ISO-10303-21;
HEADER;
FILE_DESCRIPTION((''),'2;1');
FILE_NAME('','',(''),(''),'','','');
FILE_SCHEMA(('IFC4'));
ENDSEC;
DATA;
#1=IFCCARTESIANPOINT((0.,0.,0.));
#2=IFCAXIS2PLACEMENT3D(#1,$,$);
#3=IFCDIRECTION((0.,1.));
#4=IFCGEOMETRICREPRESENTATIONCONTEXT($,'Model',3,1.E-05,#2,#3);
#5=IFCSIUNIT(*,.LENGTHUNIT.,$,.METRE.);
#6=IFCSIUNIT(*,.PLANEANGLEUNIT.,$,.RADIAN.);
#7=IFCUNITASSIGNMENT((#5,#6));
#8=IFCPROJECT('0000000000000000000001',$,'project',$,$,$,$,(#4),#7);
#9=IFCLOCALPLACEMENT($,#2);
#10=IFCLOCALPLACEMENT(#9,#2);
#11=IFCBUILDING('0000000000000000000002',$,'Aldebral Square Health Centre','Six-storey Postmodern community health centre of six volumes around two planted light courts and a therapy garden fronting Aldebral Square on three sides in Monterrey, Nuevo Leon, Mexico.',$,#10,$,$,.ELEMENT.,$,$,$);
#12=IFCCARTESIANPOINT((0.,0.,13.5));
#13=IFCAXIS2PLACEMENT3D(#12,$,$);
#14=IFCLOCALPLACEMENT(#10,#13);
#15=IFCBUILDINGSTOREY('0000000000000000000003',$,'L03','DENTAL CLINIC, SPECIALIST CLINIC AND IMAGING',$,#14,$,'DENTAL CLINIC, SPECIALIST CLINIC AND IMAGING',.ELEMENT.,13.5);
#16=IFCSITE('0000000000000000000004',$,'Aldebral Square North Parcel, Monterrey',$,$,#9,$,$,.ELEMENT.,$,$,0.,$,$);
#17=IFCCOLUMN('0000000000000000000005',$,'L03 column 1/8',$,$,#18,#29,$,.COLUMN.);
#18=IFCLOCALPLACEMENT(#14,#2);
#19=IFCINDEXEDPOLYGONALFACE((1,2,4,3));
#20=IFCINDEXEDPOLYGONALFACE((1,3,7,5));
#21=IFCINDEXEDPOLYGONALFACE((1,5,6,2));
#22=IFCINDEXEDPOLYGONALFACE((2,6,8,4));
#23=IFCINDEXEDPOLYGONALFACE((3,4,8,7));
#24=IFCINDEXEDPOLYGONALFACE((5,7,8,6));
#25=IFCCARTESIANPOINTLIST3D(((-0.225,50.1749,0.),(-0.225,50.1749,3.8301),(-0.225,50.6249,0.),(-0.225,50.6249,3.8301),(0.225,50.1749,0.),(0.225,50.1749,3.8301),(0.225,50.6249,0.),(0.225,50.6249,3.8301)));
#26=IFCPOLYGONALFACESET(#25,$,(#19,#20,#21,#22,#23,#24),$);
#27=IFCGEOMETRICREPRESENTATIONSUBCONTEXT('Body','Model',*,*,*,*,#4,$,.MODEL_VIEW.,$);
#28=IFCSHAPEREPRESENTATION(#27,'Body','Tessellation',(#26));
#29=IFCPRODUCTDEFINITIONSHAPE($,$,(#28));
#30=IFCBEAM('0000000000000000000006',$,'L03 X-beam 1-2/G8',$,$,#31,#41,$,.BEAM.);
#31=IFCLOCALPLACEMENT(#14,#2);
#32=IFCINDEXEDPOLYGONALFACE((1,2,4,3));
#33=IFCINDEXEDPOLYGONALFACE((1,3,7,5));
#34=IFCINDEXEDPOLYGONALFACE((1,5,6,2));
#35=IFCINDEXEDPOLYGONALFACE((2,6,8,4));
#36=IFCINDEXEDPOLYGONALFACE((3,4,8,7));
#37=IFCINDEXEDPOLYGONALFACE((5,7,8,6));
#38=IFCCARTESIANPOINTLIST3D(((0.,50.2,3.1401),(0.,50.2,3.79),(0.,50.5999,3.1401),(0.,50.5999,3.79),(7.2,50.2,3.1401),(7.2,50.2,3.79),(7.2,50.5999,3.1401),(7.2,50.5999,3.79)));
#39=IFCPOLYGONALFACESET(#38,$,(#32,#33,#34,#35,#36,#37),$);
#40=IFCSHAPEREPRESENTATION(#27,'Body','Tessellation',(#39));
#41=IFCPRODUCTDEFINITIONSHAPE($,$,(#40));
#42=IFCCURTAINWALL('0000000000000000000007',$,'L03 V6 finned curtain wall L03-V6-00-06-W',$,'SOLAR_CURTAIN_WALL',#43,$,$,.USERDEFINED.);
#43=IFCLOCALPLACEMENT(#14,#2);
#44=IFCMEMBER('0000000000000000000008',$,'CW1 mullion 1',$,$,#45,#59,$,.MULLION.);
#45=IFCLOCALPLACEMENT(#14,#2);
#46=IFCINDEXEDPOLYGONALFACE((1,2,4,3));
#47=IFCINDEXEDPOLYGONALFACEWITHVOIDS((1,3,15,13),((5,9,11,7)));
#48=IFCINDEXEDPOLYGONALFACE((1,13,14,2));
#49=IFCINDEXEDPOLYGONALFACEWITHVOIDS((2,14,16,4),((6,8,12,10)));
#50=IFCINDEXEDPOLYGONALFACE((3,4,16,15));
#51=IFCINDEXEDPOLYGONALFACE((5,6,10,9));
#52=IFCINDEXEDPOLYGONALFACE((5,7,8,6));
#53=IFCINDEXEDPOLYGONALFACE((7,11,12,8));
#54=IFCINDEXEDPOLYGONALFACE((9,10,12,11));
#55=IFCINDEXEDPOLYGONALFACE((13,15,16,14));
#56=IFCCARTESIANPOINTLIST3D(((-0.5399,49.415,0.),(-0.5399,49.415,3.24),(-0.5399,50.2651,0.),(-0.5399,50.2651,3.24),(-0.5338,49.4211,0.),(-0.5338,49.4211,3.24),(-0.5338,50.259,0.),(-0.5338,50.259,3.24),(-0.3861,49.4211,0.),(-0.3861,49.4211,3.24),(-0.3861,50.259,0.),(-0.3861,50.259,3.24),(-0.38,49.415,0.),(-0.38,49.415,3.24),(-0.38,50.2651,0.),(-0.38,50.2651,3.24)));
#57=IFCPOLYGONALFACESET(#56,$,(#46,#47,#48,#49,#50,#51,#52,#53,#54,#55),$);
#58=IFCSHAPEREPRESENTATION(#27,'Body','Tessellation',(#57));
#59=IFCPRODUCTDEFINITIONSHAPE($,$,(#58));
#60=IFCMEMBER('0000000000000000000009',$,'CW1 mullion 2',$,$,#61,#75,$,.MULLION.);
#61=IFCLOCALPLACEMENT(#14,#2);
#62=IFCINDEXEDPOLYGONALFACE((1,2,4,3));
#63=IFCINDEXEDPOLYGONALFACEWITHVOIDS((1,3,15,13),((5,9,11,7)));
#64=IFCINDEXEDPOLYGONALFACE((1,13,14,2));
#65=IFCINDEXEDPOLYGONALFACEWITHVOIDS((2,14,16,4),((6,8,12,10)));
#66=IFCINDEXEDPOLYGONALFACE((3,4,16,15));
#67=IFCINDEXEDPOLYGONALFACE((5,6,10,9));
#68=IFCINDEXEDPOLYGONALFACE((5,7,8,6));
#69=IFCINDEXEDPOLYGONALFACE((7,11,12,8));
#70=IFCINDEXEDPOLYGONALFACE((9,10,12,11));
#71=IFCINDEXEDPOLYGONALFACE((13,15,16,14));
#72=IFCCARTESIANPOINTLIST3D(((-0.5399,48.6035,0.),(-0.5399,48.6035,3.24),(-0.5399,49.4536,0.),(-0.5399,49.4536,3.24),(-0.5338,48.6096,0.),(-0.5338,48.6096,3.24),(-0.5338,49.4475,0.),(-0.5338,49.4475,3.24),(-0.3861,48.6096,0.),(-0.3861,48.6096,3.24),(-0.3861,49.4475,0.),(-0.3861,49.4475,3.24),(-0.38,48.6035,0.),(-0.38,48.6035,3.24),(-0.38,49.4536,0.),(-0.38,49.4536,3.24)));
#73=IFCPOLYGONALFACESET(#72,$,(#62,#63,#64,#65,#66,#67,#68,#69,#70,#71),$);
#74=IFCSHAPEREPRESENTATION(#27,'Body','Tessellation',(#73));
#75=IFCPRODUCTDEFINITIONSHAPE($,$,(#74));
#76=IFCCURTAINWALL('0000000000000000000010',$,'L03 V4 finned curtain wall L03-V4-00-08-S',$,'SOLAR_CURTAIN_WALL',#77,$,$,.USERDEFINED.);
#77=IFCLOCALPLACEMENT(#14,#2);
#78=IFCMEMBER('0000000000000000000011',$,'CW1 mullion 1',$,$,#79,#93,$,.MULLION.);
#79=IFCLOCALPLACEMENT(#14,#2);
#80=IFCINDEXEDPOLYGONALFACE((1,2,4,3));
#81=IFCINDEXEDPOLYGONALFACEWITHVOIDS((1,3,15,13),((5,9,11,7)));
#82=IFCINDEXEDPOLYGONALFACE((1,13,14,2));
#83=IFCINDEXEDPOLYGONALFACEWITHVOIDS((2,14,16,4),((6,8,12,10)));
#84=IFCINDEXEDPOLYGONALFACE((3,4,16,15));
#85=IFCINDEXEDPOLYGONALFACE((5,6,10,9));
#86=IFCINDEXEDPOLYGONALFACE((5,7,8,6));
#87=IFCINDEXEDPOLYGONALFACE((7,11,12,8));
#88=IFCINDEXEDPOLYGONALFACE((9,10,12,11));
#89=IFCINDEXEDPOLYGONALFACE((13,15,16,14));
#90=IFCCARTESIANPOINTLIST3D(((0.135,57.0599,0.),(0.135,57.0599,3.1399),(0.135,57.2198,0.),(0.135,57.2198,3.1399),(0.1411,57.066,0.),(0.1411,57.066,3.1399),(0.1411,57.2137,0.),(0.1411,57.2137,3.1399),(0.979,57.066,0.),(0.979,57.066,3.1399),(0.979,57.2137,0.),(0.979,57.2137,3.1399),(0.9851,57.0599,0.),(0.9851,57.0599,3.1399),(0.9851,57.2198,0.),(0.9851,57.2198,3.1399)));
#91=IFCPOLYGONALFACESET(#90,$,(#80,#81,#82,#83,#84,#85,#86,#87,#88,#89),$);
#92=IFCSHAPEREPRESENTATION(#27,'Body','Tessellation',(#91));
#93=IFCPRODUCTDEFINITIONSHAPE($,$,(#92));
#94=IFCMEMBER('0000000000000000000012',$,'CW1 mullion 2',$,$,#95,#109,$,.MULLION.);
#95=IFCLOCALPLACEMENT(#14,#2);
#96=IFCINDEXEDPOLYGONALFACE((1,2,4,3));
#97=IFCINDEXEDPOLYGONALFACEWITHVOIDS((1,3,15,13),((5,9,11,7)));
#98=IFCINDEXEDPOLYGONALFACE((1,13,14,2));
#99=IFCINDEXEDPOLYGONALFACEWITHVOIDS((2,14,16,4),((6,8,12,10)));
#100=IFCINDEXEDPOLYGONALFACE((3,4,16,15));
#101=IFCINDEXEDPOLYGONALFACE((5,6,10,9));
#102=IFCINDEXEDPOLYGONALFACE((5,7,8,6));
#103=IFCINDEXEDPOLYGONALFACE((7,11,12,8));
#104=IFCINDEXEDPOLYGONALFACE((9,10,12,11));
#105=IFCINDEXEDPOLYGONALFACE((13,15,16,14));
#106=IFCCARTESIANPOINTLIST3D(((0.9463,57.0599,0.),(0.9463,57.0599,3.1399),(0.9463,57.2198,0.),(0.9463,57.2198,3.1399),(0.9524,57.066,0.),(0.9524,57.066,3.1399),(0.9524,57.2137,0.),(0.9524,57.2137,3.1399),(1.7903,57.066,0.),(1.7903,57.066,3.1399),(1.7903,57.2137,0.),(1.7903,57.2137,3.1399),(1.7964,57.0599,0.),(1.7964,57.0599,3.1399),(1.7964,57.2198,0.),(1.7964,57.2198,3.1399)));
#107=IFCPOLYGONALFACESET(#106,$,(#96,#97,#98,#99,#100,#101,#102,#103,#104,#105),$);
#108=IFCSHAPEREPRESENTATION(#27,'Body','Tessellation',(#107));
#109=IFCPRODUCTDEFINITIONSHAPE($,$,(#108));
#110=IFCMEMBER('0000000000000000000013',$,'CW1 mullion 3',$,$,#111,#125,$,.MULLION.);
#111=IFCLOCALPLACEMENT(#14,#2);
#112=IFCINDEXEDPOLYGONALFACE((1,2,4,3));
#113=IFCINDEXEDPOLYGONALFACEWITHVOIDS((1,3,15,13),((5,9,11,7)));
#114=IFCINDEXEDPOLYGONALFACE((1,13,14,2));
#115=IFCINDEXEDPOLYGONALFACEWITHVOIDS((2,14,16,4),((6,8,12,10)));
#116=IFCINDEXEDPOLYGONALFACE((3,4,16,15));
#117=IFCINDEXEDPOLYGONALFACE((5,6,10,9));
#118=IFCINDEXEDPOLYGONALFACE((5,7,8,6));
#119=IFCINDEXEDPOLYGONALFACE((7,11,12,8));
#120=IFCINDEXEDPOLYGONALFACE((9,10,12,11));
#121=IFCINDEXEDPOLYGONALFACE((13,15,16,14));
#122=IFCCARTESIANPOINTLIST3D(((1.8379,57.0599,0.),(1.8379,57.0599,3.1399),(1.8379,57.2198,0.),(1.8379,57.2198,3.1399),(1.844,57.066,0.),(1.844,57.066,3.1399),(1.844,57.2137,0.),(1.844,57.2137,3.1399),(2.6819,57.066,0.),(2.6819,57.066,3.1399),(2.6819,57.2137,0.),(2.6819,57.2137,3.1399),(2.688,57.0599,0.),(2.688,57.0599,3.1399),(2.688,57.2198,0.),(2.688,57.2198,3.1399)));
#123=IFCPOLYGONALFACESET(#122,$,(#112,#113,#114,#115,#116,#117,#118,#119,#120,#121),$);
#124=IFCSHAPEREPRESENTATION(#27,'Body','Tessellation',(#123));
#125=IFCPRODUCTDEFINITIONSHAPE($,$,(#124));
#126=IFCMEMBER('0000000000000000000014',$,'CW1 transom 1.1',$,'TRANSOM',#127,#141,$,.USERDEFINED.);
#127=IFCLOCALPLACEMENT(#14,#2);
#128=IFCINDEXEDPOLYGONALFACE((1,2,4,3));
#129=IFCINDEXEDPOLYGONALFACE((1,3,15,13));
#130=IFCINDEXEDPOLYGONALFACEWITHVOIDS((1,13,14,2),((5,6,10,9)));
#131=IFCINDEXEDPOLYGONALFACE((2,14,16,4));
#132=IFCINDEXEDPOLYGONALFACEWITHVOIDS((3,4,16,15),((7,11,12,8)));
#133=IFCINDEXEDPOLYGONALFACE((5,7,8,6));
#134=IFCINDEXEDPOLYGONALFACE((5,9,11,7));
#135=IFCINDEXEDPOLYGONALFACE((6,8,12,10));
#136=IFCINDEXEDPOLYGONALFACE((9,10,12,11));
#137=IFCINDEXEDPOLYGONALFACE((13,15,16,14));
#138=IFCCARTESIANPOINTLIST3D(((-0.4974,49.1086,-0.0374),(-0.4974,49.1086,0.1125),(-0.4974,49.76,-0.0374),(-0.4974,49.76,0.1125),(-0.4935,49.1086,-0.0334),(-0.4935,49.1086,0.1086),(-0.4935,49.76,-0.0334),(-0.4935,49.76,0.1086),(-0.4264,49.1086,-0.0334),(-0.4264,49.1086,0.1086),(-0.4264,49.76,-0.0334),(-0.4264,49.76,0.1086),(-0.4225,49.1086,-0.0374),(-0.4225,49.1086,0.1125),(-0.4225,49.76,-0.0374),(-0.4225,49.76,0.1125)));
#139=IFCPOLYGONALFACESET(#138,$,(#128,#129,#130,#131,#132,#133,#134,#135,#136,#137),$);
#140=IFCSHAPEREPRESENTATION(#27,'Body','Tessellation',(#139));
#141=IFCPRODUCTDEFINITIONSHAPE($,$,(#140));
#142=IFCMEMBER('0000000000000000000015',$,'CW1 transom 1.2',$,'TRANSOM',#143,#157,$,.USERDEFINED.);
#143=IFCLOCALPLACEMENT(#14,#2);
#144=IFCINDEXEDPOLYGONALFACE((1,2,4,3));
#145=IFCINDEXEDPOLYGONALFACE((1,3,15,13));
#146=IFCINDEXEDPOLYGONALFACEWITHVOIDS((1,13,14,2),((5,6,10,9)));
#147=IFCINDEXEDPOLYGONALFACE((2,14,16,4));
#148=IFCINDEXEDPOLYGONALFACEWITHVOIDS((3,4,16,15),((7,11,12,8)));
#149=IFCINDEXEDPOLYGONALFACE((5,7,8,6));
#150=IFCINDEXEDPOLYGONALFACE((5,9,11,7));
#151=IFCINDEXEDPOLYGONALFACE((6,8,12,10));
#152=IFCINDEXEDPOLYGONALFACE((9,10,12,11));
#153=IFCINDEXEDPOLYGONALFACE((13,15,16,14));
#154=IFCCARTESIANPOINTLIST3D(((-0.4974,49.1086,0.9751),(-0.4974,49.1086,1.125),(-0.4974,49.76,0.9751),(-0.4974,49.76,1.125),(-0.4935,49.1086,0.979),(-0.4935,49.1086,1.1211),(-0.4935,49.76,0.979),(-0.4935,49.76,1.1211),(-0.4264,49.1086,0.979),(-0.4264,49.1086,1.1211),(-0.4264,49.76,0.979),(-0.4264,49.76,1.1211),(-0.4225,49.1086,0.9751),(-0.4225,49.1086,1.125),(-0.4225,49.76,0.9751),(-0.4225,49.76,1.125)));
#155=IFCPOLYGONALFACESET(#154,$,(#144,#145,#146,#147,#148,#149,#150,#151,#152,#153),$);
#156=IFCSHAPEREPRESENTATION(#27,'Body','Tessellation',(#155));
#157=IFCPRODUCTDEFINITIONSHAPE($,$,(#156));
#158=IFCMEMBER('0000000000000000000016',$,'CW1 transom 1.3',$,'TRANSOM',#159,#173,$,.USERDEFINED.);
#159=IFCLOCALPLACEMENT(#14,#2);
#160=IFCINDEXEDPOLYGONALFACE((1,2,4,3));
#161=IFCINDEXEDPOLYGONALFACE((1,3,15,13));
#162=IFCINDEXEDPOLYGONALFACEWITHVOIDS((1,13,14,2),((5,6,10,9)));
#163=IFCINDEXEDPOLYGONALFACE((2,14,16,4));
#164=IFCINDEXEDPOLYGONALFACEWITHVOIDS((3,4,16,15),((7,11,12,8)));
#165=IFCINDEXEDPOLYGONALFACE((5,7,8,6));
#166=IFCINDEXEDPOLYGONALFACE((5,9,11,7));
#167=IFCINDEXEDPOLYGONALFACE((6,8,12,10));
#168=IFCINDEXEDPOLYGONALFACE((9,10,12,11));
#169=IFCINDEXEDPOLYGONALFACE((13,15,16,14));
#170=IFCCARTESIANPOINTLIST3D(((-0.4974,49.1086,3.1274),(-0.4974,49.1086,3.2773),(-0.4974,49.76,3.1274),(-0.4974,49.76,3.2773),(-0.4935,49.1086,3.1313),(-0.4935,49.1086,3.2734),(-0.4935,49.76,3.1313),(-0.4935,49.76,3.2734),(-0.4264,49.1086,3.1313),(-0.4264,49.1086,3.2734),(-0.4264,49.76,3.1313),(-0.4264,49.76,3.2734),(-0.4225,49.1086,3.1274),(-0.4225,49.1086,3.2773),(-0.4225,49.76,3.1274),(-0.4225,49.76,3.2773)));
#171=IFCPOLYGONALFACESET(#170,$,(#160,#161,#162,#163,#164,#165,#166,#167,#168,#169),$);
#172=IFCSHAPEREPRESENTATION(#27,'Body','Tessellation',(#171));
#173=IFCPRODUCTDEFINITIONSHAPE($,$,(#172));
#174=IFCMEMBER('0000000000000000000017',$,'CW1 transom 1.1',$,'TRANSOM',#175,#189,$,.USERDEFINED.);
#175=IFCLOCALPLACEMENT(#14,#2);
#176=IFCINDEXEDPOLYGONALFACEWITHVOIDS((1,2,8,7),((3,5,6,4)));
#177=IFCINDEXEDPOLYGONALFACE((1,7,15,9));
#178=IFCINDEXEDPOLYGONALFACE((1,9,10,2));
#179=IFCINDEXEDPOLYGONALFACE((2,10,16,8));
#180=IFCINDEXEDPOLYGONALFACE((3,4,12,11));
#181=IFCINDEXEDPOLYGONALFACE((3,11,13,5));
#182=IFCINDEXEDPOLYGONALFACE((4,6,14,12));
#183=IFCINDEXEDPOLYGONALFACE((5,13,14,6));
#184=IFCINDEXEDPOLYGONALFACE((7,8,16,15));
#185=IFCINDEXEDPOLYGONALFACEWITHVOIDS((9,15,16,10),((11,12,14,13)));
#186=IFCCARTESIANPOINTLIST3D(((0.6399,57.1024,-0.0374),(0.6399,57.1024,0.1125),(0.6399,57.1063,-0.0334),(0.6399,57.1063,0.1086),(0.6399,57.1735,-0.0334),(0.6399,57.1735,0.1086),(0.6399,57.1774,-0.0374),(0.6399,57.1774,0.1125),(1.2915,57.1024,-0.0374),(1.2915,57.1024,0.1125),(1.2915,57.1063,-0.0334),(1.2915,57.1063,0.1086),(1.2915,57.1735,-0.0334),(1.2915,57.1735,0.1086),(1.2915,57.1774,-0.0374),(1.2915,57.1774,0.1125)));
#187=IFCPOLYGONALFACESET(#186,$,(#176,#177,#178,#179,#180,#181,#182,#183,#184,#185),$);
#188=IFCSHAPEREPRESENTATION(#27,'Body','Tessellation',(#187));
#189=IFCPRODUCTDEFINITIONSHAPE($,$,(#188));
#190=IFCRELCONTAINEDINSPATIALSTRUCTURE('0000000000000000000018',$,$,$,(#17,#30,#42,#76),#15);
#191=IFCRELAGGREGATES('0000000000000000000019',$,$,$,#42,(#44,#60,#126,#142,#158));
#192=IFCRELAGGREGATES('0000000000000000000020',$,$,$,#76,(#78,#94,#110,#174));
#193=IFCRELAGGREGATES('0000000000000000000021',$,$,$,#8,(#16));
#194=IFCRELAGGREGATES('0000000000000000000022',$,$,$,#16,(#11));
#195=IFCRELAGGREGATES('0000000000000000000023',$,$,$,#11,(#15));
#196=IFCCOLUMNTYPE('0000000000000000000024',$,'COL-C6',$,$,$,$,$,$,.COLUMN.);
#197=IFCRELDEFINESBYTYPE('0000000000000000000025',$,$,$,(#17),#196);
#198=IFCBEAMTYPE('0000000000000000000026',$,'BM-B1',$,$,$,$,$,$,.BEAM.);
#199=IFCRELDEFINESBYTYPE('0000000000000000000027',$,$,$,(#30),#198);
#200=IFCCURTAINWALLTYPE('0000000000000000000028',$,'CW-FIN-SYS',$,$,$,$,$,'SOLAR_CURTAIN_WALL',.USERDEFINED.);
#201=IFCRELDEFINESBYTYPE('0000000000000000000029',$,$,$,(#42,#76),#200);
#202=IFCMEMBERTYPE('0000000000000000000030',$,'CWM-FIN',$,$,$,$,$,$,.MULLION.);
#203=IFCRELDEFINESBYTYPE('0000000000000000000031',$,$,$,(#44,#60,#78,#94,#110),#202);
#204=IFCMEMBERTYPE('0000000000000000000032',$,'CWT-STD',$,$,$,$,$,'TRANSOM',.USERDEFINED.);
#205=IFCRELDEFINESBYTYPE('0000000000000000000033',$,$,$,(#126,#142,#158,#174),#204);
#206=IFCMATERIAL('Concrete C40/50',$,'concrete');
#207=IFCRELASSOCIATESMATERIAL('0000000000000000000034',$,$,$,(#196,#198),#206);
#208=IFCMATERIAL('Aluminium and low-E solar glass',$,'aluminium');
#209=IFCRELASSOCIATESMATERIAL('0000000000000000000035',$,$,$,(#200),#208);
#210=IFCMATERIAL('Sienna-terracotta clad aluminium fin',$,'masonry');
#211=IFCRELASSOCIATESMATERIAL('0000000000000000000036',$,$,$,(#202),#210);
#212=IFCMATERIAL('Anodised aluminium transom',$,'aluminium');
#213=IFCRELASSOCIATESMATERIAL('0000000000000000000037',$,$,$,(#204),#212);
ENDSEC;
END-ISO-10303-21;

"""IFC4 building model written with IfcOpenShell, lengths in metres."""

from ifc_helpers import new_model, si_unit, direction, frame, origin, origin_2d, place, context, subcontext, project, spatial, rectangle, hollow_rectangle, extrude, material, material_profile, profile_set, type_object, element, aggregate, save


model = new_model("IFC4")

# Units and contexts
model_context = context("Model", 3, precision=1e-05, world=origin(), true_north=direction((0.0, 1.0)))
body_context = subcontext(model_context, "Body", "Model", "MODEL_VIEW")
ifc_project = project(units=[si_unit("LENGTHUNIT", "METRE"), si_unit("PLANEANGLEUNIT", "RADIAN")], contexts=[model_context])

# Site, building, storey
site_placement = place(None, origin())
site = spatial("IfcSite", under=ifc_project, at=site_placement, Name="Aldebral Square North Parcel, Monterrey", CompositionType="ELEMENT", RefElevation=0.0)
building_placement = place(site_placement, origin())
building = spatial("IfcBuilding", under=site, at=building_placement, Name="Aldebral Square Health Centre", Description="Six-storey Postmodern community health centre of six volumes around two planted light courts and a therapy garden fronting Aldebral Square on three sides in Monterrey, Nuevo Leon, Mexico.", CompositionType="ELEMENT")
storey_placement = place(building_placement, frame((0.0, 0.0, 13.5)))
storey = spatial("IfcBuildingStorey", under=building, at=storey_placement, Name="L03", Description="DENTAL CLINIC, SPECIALIST CLINIC AND IMAGING", LongName="DENTAL CLINIC, SPECIALIST CLINIC AND IMAGING", CompositionType="ELEMENT", Elevation=13.5)

# Column
ifc_material_1 = material(Name="Concrete C40/50", Category="concrete")
ifc_material_profile_1 = material_profile(ifc_material_1, rectangle(XDim=0.45, YDim=0.45, at=origin_2d()), Name="RC 450x450")
ifc_profile_set_1 = profile_set([ifc_material_profile_1], Name="Concrete C40/50")
column_type = type_object("IfcColumnType", Name="COL-C6", PredefinedType="COLUMN", material=ifc_profile_set_1)
column_placement = place(storey_placement, frame((0.0, 50.3999, 0.0), z_axis=(0.0, 0.0, 1.0), x_axis=(1.0, 0.0, 0.0)))
element("IfcColumn", 1, at=column_placement, inside=storey, type_object=column_type, Name="L03 column 1/8", PredefinedType="COLUMN", context=body_context, shape_type="SweptSolid", body=[
    extrude(rectangle(XDim=0.45, YDim=0.45, at=origin_2d()), origin(), (0.0, 0.0, 1.0), 3.8301),
])

# Beam
ifc_material_profile_2 = material_profile(ifc_material_1, rectangle(XDim=0.3999, YDim=0.6499, at=origin_2d()), Name="RC 400x650")
ifc_profile_set_2 = profile_set([ifc_material_profile_2], Name="Concrete C40/50")
beam_type = type_object("IfcBeamType", Name="BM-B1", PredefinedType="BEAM", material=ifc_profile_set_2)
beam_placement = place(storey_placement, frame((0.0, 50.3999, 3.4651), z_axis=(1.0, 0.0, 0.0), x_axis=(0.0, 1.0, 0.0)))
element("IfcBeam", 2, at=beam_placement, inside=storey, type_object=beam_type, Name="L03 X-beam 1-2/G8", PredefinedType="BEAM", context=body_context, shape_type="SweptSolid", body=[
    extrude(rectangle(XDim=0.3999, YDim=0.6499, at=origin_2d()), origin(), (0.0, 0.0, 1.0), 7.2),
])

# Curtain walls, members
ifc_material_2 = material(Name="Aluminium and low-E solar glass", Category="aluminium")
curtain_wall_type = type_object("IfcCurtainWallType", Name="CW-FIN-SYS", ElementType="SOLAR_CURTAIN_WALL", PredefinedType="USERDEFINED", material=ifc_material_2)
curtain_wall_1_placement = place(storey_placement, origin())
curtain_wall_1 = element("IfcCurtainWall", 3, at=curtain_wall_1_placement, inside=storey, type_object=curtain_wall_type, Name="L03 V6 finned curtain wall L03-V6-00-06-W", ObjectType="SOLAR_CURTAIN_WALL", PredefinedType="USERDEFINED")
ifc_material_3 = material(Name="Sienna-terracotta clad aluminium fin", Category="masonry")
ifc_material_profile_3 = material_profile(ifc_material_3, hollow_rectangle(XDim=0.1599, YDim=0.8501, WallThickness=0.0061, at=origin_2d()), Name="FIN 160x850x6")
ifc_profile_set_3 = profile_set([ifc_material_profile_3], Name="Sienna-terracotta clad aluminium fin")
member_type_1 = type_object("IfcMemberType", Name="CWM-FIN", PredefinedType="MULLION", material=ifc_profile_set_3)
member_1_placement = place(storey_placement, frame((-0.46, 49.8401, 0.0), z_axis=(0.0, 0.0, 1.0), x_axis=(1.0, 0.0, 0.0)))
member_1 = element("IfcMember", 4, at=member_1_placement, type_object=member_type_1, Name="CW1 mullion 1", PredefinedType="MULLION", context=body_context, shape_type="SweptSolid", body=[
    extrude(hollow_rectangle(XDim=0.1599, YDim=0.8501, WallThickness=0.0061, at=origin_2d()), origin(), (0.0, 0.0, 1.0), 3.24),
])
member_2_placement = place(storey_placement, frame((-0.46, 49.0286, 0.0), z_axis=(0.0, 0.0, 1.0), x_axis=(1.0, 0.0, 0.0)))
member_2 = element("IfcMember", 5, at=member_2_placement, type_object=member_type_1, Name="CW1 mullion 2", PredefinedType="MULLION", context=body_context, shape_type="SweptSolid", body=[
    extrude(hollow_rectangle(XDim=0.1599, YDim=0.8501, WallThickness=0.0061, at=origin_2d()), origin(), (0.0, 0.0, 1.0), 3.24),
])
curtain_wall_2_placement = place(storey_placement, origin())
curtain_wall_2 = element("IfcCurtainWall", 6, at=curtain_wall_2_placement, inside=storey, type_object=curtain_wall_type, Name="L03 V4 finned curtain wall L03-V4-00-08-S", ObjectType="SOLAR_CURTAIN_WALL", PredefinedType="USERDEFINED")
member_3_placement = place(storey_placement, frame((0.5601, 57.1399, 0.0), z_axis=(0.0, 0.0, 1.0), x_axis=(0.0, 1.0, 0.0)))
member_3 = element("IfcMember", 7, at=member_3_placement, type_object=member_type_1, Name="CW1 mullion 1", PredefinedType="MULLION", context=body_context, shape_type="SweptSolid", body=[
    extrude(hollow_rectangle(XDim=0.1599, YDim=0.8501, WallThickness=0.0061, at=origin_2d()), origin(), (0.0, 0.0, 1.0), 3.1399),
])
member_4_placement = place(storey_placement, frame((1.3713, 57.1399, 0.0), z_axis=(0.0, 0.0, 1.0), x_axis=(0.0, 1.0, 0.0)))
member_4 = element("IfcMember", 8, at=member_4_placement, type_object=member_type_1, Name="CW1 mullion 2", PredefinedType="MULLION", context=body_context, shape_type="SweptSolid", body=[
    extrude(hollow_rectangle(XDim=0.1599, YDim=0.8501, WallThickness=0.0061, at=origin_2d()), origin(), (0.0, 0.0, 1.0), 3.1399),
])
member_5_placement = place(storey_placement, frame((2.2629, 57.1399, 0.0), z_axis=(0.0, 0.0, 1.0), x_axis=(0.0, 1.0, 0.0)))
member_5 = element("IfcMember", 9, at=member_5_placement, type_object=member_type_1, Name="CW1 mullion 3", PredefinedType="MULLION", context=body_context, shape_type="SweptSolid", body=[
    extrude(hollow_rectangle(XDim=0.1599, YDim=0.8501, WallThickness=0.0061, at=origin_2d()), origin(), (0.0, 0.0, 1.0), 3.1399),
])

# Members
ifc_material_4 = material(Name="Anodised aluminium transom", Category="aluminium")
ifc_material_profile_4 = material_profile(ifc_material_4, hollow_rectangle(XDim=0.075, YDim=0.1499, WallThickness=0.0039, at=origin_2d()), Name="CWT 75x150x4")
ifc_profile_set_4 = profile_set([ifc_material_profile_4], Name="Anodised aluminium transom")
member_type_2 = type_object("IfcMemberType", Name="CWT-STD", ElementType="TRANSOM", PredefinedType="USERDEFINED", material=ifc_profile_set_4)
member_6_placement = place(storey_placement, frame((-0.46, 49.76, 0.0376), z_axis=(0.0, -1.0, 0.0), x_axis=(1.0, 0.0, 0.0)))
member_6 = element("IfcMember", 10, at=member_6_placement, type_object=member_type_2, Name="CW1 transom 1.1", ObjectType="TRANSOM", PredefinedType="USERDEFINED", context=body_context, shape_type="SweptSolid", body=[
    extrude(hollow_rectangle(XDim=0.075, YDim=0.1499, WallThickness=0.0039, at=origin_2d()), origin(), (0.0, 0.0, 1.0), 0.6514),
])
member_7_placement = place(storey_placement, frame((-0.46, 49.76, 1.05), z_axis=(0.0, -1.0, 0.0), x_axis=(1.0, 0.0, 0.0)))
member_7 = element("IfcMember", 11, at=member_7_placement, type_object=member_type_2, Name="CW1 transom 1.2", ObjectType="TRANSOM", PredefinedType="USERDEFINED", context=body_context, shape_type="SweptSolid", body=[
    extrude(hollow_rectangle(XDim=0.075, YDim=0.1499, WallThickness=0.0039, at=origin_2d()), origin(), (0.0, 0.0, 1.0), 0.6514),
])
member_8_placement = place(storey_placement, frame((-0.46, 49.76, 3.2024), z_axis=(0.0, -1.0, 0.0), x_axis=(1.0, 0.0, 0.0)))
member_8 = element("IfcMember", 12, at=member_8_placement, type_object=member_type_2, Name="CW1 transom 1.3", ObjectType="TRANSOM", PredefinedType="USERDEFINED", context=body_context, shape_type="SweptSolid", body=[
    extrude(hollow_rectangle(XDim=0.075, YDim=0.1499, WallThickness=0.0039, at=origin_2d()), origin(), (0.0, 0.0, 1.0), 0.6514),
])
member_9_placement = place(storey_placement, frame((0.6399, 57.1399, 0.0376), z_axis=(1.0, 0.0, 0.0), x_axis=(0.0, 1.0, 0.0)))
member_9 = element("IfcMember", 13, at=member_9_placement, type_object=member_type_2, Name="CW1 transom 1.1", ObjectType="TRANSOM", PredefinedType="USERDEFINED", context=body_context, shape_type="SweptSolid", body=[
    extrude(hollow_rectangle(XDim=0.075, YDim=0.1499, WallThickness=0.0039, at=origin_2d()), origin(), (0.0, 0.0, 1.0), 0.6516),
])

aggregate(curtain_wall_1, [member_1, member_2, member_6, member_7, member_8])
aggregate(curtain_wall_2, [member_3, member_4, member_5, member_9])

save(model, "model.ifc")
